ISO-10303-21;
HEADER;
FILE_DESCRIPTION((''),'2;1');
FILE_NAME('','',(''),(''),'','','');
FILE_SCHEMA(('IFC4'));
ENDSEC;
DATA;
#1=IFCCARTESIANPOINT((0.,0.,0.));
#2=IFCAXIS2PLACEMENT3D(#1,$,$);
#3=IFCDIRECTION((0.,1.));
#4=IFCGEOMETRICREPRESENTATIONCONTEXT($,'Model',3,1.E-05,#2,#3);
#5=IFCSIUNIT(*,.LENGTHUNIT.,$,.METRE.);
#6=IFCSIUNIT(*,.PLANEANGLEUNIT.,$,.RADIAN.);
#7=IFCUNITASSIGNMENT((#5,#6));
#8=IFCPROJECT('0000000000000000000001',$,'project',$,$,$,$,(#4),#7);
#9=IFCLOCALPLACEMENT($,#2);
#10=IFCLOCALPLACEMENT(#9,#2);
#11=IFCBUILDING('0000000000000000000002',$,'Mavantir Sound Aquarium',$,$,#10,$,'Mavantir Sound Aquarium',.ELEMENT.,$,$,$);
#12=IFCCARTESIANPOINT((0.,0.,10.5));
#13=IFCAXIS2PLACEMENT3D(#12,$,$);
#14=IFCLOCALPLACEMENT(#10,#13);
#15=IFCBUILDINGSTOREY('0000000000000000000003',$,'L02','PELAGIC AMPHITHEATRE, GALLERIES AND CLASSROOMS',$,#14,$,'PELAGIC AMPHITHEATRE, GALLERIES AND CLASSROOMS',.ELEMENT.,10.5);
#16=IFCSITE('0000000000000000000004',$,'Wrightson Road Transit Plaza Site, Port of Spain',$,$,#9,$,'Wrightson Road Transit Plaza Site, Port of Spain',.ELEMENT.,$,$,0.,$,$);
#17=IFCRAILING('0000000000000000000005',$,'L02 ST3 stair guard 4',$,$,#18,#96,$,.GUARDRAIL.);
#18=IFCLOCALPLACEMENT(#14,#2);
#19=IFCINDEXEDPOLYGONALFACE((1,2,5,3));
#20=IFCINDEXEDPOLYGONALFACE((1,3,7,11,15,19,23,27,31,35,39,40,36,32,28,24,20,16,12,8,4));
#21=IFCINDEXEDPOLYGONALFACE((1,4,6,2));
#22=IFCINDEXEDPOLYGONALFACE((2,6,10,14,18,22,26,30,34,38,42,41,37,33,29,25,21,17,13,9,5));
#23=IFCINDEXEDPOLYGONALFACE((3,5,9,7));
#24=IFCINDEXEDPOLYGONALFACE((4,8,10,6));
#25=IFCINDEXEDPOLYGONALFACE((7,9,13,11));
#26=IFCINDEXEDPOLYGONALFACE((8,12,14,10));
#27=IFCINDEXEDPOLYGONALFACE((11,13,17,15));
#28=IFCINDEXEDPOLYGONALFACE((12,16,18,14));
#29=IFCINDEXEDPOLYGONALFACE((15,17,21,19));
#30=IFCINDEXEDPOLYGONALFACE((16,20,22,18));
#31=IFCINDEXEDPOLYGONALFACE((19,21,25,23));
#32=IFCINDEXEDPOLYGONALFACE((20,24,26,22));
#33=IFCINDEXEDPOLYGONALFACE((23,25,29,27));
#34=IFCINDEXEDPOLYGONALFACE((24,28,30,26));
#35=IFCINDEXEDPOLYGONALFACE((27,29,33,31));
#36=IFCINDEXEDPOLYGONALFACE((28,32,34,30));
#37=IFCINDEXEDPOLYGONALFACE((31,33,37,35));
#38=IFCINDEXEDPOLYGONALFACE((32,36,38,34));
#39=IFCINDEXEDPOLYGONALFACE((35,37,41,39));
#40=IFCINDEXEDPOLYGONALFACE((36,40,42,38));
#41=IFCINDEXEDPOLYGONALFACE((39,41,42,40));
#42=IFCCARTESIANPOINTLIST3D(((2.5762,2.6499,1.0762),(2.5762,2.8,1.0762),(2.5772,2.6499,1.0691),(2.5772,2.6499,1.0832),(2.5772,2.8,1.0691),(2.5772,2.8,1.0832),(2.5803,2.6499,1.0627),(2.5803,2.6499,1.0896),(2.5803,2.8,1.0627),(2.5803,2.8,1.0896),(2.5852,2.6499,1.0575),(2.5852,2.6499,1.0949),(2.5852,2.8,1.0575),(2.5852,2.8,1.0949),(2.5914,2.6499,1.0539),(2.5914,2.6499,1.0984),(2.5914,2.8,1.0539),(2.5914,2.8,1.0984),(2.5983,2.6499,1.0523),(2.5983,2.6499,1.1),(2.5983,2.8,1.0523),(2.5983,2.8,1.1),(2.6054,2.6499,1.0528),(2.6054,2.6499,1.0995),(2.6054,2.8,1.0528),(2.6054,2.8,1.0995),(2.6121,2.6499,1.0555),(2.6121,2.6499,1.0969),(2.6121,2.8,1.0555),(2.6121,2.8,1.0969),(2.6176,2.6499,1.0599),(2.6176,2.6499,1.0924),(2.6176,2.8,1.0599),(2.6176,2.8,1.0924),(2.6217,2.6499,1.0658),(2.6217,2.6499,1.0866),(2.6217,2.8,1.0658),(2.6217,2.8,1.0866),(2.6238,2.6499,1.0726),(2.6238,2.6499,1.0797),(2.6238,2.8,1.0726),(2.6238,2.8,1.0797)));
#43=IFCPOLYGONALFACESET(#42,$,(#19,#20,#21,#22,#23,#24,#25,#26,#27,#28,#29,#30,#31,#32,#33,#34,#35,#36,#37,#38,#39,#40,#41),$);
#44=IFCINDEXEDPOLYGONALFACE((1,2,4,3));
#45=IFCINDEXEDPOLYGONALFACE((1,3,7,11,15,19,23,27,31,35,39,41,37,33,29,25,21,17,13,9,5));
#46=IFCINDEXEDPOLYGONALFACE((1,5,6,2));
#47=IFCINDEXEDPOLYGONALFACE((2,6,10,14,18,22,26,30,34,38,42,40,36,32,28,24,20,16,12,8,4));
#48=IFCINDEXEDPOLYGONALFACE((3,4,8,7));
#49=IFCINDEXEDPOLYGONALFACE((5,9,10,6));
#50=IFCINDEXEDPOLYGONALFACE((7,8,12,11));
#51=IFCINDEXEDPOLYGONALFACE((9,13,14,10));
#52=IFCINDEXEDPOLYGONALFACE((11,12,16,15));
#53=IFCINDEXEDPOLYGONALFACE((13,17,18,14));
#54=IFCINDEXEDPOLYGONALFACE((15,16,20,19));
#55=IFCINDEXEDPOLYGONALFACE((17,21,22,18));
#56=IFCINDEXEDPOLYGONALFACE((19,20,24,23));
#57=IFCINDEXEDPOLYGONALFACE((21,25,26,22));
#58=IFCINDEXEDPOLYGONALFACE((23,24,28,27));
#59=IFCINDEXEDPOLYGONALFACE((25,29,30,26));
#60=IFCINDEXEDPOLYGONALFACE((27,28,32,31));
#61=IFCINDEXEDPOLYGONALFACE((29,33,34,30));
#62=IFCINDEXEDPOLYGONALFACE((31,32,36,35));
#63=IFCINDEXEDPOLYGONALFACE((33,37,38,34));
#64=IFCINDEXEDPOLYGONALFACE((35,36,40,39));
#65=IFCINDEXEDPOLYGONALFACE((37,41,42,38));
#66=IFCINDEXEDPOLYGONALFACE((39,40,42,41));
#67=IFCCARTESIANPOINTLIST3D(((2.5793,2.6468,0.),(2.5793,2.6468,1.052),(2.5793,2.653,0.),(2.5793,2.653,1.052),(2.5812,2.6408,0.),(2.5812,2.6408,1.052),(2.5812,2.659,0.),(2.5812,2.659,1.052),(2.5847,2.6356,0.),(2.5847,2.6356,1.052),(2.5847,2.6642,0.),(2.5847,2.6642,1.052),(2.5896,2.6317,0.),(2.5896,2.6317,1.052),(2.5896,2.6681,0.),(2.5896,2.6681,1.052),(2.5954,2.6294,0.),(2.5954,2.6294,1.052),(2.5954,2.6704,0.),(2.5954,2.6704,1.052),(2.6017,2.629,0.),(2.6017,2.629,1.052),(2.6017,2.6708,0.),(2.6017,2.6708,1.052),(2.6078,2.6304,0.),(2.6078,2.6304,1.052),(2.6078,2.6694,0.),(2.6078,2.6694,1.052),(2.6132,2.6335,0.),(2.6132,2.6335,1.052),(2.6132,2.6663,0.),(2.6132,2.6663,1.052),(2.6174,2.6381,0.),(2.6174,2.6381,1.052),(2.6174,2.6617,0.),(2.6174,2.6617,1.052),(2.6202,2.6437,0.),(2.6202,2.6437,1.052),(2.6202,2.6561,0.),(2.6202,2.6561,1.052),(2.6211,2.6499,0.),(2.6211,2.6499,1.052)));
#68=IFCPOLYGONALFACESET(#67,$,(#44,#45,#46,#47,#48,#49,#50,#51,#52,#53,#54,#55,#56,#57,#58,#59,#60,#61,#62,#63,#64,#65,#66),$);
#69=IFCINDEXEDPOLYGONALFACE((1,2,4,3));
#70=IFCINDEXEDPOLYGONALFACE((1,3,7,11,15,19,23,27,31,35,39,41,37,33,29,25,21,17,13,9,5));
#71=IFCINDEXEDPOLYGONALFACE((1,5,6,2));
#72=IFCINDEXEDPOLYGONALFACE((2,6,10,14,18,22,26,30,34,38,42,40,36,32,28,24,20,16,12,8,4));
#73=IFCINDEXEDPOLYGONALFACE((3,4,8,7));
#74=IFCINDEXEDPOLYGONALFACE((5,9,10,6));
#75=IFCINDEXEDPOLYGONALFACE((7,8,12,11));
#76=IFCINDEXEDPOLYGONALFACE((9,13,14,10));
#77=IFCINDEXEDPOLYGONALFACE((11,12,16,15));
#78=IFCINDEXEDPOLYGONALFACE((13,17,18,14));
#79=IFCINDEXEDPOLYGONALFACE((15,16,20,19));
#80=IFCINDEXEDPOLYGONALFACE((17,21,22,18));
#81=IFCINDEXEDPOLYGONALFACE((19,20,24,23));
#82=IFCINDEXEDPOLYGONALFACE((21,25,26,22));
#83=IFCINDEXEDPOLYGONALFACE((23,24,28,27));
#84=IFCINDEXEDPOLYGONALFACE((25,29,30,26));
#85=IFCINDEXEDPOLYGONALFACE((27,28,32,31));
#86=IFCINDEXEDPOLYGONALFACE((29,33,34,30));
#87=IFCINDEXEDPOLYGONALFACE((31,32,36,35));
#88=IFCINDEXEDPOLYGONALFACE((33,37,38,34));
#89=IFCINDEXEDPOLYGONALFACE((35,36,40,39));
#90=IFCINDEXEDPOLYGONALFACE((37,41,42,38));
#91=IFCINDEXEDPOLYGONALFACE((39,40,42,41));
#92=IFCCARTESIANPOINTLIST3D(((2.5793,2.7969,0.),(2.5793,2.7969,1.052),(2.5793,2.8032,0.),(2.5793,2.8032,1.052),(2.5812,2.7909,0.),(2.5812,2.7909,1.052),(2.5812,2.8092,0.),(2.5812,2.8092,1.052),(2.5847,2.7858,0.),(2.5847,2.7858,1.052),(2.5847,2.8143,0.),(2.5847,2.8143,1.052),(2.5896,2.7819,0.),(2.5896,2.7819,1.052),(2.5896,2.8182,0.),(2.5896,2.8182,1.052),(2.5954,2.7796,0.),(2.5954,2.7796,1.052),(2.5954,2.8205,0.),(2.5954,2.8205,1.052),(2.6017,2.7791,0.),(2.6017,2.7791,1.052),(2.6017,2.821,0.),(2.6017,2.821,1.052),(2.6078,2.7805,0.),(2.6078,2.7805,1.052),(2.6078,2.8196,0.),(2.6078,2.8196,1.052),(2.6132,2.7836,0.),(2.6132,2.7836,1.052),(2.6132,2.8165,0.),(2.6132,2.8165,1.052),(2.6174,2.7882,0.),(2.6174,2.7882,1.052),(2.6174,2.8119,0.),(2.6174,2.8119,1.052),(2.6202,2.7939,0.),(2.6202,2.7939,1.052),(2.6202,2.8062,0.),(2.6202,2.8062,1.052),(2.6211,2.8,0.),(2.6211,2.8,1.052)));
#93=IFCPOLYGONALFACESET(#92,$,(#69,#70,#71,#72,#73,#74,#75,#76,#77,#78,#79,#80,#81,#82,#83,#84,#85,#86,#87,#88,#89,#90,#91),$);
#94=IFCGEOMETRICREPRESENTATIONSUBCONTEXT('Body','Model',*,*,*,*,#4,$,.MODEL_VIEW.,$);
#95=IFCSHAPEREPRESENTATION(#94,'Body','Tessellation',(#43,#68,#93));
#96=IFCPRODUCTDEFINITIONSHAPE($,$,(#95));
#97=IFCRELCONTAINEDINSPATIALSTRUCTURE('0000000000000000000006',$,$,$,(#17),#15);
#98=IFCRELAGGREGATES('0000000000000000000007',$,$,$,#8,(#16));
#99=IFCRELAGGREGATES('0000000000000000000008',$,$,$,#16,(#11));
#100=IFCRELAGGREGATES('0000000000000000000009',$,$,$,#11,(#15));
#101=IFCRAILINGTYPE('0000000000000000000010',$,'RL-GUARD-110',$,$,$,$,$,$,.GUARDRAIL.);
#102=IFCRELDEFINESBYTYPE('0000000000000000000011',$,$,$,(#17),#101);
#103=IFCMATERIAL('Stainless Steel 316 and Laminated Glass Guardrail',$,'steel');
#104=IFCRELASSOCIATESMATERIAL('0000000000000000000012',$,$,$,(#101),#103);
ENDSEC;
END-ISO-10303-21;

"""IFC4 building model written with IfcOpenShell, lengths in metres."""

from ifc_helpers import new_model, si_unit, direction, frame, origin, origin_2d, place, context, subcontext, project, spatial, circle, extrude, material, type_object, element, save


model = new_model("IFC4")

# Units and contexts
model_context = context("Model", 3, precision=1e-05, world=origin(), true_north=direction((0.0, 1.0)))
body_context = subcontext(model_context, "Body", "Model", "MODEL_VIEW")
ifc_project = project(units=[si_unit("LENGTHUNIT", "METRE"), si_unit("PLANEANGLEUNIT", "RADIAN")], contexts=[model_context])

# Site, building, storey
site_placement = place(None, origin())
site = spatial("IfcSite", under=ifc_project, at=site_placement, Name="Wrightson Road Transit Plaza Site, Port of Spain", LongName="Wrightson Road Transit Plaza Site, Port of Spain", CompositionType="ELEMENT", RefElevation=0.0)
building_placement = place(site_placement, origin())
building = spatial("IfcBuilding", under=site, at=building_placement, Name="Mavantir Sound Aquarium", LongName="Mavantir Sound Aquarium", CompositionType="ELEMENT")
storey_placement = place(building_placement, frame((0.0, 0.0, 10.5)))
storey = spatial("IfcBuildingStorey", under=building, at=storey_placement, Name="L02", Description="PELAGIC AMPHITHEATRE, GALLERIES AND CLASSROOMS", LongName="PELAGIC AMPHITHEATRE, GALLERIES AND CLASSROOMS", CompositionType="ELEMENT", Elevation=10.5)

# Railing
ifc_material_1 = material(Name="Stainless Steel 316 and Laminated Glass Guardrail", Category="steel")
railing_type_1 = type_object("IfcRailingType", Name="RL-GUARD-110", PredefinedType="GUARDRAIL", material=ifc_material_1)
railing_1_placement = place(storey_placement, frame((2.6001, 2.6499, 0.0)))
element("IfcRailing", 1, at=railing_1_placement, inside=storey, type_object=railing_type_1, Name="L02 ST3 stair guard 4", PredefinedType="GUARDRAIL", context=body_context, shape_type="SweptSolid", body=[
    extrude(circle(Radius=0.0239, at=origin_2d()), frame((0.0, 0.0, 1.0762), z_axis=(0.0, 1.0, 0.0), x_axis=(-1.0, 0.0, 0.0)), (0.0, 0.0, 1.0), 0.1501),
    extrude(circle(Radius=0.021, at=origin_2d()), origin(), (0.0, 0.0, 1.0), 1.052),
    extrude(circle(Radius=0.021, at=origin_2d()), frame((0.0, 0.1501, 0.0)), (0.0, 0.0, 1.0), 1.052),
])

save(model, "model.ifc")
